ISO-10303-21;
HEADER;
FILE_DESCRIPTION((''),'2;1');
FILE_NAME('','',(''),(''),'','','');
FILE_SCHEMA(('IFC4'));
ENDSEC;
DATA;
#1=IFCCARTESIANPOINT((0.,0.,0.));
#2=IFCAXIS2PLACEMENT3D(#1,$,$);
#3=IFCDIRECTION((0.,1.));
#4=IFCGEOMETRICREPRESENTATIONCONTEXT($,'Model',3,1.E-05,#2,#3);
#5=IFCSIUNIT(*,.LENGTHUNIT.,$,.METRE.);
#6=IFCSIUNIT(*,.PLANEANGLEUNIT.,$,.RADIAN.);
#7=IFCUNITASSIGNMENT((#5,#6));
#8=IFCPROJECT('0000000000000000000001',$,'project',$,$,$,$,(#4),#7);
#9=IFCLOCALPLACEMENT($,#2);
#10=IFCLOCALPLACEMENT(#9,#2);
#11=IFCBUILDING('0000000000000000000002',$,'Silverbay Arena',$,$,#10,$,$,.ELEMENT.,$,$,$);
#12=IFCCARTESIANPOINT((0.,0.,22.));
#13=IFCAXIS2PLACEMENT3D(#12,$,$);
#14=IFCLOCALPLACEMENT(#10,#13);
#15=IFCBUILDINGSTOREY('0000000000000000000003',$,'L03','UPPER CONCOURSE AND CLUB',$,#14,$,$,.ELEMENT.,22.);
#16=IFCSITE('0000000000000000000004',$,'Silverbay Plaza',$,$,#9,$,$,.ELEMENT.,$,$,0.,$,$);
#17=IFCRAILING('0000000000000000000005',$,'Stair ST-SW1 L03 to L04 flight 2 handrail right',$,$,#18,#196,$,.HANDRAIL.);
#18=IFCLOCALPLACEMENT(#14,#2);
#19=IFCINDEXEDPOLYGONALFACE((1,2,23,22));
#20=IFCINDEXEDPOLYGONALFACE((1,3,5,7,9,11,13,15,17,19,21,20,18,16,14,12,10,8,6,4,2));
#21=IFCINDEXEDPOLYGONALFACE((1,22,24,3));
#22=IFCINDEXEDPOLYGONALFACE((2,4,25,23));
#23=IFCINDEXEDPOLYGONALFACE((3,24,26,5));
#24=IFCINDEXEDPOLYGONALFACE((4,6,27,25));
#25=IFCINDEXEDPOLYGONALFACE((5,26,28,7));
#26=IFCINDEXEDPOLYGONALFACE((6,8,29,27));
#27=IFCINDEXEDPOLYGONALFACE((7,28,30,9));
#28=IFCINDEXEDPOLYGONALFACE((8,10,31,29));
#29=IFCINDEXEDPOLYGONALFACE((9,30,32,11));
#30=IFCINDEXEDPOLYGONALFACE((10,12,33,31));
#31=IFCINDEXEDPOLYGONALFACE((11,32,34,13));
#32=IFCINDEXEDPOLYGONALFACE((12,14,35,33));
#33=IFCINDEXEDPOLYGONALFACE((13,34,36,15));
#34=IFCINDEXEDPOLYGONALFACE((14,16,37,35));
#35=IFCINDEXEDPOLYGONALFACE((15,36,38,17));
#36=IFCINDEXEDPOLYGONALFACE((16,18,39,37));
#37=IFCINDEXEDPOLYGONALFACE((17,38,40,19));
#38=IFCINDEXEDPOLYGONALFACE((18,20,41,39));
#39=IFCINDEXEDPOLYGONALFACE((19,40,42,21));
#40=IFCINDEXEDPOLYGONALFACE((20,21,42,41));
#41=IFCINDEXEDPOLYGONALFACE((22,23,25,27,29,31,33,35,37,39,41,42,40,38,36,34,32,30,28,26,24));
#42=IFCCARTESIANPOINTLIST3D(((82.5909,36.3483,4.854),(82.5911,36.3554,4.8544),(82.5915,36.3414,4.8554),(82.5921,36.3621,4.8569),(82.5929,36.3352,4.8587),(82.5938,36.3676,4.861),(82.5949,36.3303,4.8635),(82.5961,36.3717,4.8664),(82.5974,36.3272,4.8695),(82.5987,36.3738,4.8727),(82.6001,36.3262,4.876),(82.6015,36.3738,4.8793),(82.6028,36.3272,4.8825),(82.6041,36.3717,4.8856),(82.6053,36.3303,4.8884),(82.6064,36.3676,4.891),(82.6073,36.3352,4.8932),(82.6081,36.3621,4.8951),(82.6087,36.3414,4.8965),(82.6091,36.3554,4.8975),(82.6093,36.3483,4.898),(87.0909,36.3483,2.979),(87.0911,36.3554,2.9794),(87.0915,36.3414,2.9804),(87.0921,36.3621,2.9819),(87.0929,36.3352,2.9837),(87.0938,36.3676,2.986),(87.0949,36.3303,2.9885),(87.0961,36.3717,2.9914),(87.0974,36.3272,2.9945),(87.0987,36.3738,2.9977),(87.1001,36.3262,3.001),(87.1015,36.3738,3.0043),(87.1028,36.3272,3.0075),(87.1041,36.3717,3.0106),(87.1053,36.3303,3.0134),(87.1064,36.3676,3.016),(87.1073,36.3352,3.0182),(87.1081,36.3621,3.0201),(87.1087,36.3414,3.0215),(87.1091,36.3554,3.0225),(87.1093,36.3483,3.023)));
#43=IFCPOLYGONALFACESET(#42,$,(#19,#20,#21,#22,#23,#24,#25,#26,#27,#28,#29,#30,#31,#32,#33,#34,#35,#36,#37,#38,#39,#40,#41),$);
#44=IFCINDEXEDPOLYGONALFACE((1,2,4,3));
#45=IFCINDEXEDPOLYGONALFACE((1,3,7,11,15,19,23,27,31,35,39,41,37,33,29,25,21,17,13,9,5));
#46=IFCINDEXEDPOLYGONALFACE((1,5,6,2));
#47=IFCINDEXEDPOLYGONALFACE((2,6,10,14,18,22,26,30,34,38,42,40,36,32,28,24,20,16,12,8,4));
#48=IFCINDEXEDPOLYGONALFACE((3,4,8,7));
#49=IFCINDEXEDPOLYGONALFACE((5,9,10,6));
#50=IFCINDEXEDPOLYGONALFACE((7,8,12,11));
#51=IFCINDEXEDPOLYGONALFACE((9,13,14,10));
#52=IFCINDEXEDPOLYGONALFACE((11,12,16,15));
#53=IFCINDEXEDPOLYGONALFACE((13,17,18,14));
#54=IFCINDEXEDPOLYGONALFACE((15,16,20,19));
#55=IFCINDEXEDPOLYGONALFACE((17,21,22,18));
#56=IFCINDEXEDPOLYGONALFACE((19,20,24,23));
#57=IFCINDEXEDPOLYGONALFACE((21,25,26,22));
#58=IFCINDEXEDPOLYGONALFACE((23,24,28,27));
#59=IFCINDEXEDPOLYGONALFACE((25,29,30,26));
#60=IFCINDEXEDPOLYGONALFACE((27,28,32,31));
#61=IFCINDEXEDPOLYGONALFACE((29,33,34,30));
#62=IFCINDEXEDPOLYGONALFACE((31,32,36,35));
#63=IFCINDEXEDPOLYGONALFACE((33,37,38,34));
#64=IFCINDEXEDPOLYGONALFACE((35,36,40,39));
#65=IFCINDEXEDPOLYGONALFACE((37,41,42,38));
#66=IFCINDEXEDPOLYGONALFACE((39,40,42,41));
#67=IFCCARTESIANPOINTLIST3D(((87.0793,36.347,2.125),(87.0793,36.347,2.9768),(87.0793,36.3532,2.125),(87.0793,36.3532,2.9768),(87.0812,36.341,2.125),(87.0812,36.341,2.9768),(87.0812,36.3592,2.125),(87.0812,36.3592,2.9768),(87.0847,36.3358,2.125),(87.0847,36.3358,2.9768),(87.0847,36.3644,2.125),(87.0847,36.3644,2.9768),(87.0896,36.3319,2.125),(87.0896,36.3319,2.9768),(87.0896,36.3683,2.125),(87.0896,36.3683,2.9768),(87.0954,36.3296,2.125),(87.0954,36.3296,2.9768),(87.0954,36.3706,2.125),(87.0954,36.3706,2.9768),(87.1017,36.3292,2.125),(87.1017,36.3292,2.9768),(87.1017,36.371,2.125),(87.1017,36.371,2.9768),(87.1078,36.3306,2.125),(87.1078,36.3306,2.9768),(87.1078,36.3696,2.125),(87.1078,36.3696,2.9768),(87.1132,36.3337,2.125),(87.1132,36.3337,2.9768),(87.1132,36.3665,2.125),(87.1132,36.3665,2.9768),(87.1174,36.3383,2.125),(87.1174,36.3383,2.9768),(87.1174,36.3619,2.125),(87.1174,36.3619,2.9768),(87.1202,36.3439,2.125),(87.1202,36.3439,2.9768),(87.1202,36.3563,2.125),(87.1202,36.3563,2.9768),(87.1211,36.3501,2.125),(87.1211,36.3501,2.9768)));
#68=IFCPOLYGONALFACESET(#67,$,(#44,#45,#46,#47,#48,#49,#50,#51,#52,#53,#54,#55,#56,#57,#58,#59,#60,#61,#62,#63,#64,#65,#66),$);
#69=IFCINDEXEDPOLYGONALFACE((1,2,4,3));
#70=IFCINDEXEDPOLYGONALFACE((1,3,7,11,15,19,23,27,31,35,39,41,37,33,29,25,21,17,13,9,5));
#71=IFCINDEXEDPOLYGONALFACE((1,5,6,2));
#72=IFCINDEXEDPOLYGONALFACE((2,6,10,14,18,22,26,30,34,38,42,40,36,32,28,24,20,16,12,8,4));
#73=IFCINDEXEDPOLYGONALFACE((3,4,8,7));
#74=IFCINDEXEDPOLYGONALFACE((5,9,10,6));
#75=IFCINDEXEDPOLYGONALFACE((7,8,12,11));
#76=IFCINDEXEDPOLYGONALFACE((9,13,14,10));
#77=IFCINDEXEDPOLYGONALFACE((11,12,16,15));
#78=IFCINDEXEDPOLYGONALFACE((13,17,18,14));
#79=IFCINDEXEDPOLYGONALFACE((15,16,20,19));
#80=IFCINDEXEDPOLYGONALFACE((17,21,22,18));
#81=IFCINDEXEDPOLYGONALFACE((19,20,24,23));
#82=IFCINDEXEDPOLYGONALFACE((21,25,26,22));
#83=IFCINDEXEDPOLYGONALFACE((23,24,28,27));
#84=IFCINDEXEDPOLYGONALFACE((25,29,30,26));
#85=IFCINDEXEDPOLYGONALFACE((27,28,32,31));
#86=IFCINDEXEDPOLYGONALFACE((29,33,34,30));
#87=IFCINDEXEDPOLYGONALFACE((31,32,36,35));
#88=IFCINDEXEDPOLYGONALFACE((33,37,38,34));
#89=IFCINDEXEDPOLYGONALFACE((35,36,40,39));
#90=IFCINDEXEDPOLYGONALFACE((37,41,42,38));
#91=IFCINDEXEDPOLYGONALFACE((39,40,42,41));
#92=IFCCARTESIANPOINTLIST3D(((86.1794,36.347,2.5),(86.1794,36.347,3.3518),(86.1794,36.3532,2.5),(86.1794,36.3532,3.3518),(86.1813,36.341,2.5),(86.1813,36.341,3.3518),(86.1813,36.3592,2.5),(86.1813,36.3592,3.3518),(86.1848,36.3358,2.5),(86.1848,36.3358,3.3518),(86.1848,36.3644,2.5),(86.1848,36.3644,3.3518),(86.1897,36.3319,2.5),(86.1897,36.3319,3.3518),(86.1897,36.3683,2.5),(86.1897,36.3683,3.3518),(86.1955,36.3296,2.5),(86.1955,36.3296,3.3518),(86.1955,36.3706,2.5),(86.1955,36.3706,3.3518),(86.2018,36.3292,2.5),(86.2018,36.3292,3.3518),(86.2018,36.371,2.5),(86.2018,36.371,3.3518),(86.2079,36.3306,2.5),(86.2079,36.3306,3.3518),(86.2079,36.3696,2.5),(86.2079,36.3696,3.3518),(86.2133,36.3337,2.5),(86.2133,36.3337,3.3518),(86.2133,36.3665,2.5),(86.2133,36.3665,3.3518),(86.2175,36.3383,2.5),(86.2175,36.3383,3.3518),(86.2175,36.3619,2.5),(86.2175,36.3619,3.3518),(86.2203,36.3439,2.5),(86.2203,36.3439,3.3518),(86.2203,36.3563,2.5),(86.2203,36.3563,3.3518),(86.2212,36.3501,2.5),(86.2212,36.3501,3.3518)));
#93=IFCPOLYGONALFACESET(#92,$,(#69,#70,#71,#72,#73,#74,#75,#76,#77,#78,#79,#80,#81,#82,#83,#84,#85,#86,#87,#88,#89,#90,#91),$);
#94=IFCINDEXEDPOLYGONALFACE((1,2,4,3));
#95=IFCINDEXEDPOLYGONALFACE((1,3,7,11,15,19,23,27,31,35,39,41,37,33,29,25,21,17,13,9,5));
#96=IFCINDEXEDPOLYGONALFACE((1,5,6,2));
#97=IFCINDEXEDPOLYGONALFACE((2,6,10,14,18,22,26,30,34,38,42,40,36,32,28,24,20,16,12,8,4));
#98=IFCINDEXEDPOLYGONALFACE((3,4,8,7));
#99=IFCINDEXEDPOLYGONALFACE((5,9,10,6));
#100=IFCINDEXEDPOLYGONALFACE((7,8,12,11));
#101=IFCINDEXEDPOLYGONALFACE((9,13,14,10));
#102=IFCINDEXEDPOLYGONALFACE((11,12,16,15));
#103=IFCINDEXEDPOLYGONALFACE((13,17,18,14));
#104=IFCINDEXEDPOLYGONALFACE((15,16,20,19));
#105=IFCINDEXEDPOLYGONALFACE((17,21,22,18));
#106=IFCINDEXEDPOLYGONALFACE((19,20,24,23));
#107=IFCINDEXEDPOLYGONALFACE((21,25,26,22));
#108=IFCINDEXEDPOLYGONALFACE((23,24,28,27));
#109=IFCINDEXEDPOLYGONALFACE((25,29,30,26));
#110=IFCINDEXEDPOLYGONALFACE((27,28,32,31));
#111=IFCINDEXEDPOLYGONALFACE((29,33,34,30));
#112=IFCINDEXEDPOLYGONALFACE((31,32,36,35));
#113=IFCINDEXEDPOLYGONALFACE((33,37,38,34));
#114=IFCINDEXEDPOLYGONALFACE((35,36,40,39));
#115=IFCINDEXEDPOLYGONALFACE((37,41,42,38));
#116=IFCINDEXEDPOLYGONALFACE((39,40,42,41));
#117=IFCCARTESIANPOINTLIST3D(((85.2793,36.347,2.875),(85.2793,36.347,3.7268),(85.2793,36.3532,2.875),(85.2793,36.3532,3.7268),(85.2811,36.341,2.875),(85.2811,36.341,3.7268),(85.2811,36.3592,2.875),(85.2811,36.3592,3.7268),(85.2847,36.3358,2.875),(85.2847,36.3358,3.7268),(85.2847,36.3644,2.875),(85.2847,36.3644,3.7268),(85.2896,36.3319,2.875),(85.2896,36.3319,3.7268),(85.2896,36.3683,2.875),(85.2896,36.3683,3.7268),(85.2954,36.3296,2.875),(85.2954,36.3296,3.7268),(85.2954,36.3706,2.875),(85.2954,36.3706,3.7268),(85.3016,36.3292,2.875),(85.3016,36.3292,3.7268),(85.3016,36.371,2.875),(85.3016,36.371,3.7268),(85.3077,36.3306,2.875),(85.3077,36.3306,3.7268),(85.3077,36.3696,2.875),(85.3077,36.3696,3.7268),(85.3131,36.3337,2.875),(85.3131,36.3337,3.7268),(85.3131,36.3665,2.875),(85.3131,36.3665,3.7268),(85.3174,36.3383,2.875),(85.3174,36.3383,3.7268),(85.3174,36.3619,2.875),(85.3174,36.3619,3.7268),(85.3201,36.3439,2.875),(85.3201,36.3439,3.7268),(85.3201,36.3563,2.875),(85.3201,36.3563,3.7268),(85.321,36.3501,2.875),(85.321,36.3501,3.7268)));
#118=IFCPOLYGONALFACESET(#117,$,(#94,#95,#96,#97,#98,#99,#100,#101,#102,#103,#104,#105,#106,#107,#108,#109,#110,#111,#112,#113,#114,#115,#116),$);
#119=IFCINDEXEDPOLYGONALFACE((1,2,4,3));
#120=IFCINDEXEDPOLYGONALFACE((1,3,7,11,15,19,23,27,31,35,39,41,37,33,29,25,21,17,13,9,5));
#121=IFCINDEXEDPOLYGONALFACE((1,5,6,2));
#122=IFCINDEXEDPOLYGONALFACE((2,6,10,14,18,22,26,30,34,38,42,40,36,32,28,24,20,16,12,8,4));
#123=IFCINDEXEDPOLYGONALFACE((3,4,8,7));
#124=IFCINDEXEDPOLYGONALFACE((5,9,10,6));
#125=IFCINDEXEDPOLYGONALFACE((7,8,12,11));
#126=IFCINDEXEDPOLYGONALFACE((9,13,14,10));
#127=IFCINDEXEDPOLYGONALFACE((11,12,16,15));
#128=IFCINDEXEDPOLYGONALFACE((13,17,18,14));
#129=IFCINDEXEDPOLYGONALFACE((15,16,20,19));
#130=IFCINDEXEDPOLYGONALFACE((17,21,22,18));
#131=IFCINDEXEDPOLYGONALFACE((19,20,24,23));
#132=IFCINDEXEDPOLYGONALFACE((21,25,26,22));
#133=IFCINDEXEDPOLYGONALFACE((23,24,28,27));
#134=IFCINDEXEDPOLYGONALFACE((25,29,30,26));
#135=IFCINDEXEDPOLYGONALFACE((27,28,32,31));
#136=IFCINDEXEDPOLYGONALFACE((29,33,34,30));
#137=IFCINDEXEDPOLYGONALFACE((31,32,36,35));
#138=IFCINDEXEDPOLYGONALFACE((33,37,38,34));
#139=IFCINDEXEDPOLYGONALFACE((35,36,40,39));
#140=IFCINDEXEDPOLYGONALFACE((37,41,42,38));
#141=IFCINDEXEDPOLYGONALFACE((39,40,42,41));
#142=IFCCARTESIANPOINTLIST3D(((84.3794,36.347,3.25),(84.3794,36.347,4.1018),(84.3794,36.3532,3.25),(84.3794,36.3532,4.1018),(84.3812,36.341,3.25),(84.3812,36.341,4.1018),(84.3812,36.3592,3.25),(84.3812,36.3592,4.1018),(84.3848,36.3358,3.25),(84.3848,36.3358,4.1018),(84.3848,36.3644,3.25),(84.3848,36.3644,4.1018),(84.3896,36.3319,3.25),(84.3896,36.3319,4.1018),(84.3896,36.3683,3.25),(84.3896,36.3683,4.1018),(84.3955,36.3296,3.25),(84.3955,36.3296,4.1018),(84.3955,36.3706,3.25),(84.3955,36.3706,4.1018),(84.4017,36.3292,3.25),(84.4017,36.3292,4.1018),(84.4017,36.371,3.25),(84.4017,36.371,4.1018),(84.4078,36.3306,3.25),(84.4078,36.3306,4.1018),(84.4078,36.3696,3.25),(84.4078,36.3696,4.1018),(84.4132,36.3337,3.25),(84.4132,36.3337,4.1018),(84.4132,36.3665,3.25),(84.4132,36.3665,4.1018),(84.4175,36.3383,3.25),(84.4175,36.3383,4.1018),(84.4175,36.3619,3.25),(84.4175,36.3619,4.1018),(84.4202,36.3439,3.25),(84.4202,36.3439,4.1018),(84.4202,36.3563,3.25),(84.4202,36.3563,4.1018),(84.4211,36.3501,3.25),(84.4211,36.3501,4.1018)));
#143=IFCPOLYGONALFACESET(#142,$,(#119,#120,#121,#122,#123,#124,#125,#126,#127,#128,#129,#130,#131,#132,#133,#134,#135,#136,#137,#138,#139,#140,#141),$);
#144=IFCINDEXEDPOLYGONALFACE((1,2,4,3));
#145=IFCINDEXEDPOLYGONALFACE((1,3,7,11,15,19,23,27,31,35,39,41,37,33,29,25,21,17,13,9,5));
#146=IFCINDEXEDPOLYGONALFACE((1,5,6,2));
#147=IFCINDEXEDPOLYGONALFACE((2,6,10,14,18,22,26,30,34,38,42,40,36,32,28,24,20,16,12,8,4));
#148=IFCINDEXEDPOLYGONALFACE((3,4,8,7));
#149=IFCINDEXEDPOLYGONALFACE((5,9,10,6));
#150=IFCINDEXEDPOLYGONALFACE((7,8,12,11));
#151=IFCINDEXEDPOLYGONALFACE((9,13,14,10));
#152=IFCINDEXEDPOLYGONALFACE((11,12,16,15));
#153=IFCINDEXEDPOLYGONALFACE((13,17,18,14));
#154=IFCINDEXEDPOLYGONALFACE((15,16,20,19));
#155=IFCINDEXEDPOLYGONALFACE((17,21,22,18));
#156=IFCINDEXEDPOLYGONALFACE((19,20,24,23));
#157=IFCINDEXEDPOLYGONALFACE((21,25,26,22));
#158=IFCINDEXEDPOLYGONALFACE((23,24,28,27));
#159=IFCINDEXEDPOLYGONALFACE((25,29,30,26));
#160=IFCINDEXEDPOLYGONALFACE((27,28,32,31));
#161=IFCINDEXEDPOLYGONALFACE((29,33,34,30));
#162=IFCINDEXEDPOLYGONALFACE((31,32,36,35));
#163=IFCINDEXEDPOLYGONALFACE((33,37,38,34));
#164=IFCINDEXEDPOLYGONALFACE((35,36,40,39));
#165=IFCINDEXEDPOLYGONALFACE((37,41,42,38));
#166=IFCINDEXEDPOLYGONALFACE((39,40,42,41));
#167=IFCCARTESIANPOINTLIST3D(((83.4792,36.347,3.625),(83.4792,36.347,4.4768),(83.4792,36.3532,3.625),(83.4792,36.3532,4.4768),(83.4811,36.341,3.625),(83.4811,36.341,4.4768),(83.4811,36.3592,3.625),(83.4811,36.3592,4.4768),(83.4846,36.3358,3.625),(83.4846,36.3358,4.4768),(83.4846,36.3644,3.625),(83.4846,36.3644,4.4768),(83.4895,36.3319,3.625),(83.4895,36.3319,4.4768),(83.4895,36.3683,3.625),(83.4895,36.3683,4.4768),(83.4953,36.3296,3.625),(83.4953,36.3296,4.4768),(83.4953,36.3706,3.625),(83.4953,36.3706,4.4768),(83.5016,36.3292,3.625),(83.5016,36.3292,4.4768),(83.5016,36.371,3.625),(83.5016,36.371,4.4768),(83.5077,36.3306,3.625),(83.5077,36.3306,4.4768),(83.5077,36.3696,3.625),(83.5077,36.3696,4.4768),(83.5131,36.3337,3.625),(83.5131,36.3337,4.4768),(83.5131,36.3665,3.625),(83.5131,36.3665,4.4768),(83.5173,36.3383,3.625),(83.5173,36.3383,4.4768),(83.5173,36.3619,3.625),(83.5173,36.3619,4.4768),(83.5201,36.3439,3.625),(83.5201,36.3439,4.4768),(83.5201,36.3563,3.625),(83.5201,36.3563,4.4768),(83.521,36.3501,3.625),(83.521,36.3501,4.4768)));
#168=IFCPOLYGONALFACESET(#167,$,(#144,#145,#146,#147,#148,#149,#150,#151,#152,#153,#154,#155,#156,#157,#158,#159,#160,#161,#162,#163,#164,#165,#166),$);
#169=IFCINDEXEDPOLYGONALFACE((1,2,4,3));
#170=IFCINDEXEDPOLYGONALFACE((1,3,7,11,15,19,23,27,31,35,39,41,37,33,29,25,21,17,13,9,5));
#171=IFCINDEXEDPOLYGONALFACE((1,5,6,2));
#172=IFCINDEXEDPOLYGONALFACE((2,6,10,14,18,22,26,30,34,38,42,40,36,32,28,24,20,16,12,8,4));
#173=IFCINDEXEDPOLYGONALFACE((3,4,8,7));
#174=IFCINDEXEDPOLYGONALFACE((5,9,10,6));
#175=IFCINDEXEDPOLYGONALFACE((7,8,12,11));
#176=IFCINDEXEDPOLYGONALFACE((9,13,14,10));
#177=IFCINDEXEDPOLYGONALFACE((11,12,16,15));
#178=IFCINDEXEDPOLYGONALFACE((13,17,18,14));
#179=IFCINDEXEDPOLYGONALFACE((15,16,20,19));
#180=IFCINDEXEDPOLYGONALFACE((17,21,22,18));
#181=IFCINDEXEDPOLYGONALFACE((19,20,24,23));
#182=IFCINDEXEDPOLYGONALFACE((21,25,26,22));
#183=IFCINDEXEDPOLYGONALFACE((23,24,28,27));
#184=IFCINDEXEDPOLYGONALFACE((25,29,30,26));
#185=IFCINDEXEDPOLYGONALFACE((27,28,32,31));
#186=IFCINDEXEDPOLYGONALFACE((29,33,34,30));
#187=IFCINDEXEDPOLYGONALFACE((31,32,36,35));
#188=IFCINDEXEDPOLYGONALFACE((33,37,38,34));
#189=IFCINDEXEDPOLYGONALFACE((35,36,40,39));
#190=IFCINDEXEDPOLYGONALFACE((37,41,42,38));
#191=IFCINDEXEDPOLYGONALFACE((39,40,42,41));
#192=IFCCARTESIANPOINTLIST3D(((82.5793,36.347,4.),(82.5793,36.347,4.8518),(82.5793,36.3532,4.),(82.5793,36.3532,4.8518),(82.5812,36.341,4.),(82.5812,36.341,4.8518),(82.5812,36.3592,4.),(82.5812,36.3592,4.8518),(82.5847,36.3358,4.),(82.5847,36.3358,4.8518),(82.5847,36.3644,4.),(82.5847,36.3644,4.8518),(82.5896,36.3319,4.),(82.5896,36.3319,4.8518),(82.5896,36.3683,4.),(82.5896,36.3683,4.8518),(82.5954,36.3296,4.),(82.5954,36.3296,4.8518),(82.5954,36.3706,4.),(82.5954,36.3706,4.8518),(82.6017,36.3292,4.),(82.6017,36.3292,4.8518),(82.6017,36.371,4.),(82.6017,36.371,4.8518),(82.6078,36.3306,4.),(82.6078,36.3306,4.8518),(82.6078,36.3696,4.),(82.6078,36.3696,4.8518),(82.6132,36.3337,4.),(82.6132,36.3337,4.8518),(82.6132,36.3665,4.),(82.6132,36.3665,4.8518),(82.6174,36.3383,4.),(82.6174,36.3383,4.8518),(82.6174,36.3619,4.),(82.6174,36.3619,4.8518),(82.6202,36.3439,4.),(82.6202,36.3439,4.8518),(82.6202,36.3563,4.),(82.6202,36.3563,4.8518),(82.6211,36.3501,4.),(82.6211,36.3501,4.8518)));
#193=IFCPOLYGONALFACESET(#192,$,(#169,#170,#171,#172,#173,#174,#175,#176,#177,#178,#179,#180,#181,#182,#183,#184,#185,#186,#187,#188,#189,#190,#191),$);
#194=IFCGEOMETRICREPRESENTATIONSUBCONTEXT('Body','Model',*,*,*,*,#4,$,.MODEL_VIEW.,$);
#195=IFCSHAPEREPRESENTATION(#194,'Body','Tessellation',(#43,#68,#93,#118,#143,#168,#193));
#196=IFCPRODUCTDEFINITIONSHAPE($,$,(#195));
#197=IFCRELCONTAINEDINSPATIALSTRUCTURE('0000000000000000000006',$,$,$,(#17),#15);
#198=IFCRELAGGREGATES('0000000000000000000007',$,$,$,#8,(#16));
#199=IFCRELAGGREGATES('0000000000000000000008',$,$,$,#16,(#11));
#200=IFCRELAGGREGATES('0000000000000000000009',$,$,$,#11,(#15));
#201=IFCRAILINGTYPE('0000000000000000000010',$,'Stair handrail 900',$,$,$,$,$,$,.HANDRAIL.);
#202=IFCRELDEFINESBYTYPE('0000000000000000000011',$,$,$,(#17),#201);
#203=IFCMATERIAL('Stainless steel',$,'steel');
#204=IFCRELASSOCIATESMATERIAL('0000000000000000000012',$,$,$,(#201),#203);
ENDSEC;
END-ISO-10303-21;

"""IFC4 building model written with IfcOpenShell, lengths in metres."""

from ifc_helpers import new_model, si_unit, direction, frame, origin, origin_2d, place, context, subcontext, project, spatial, circle, extrude, material, type_object, element, save


model = new_model("IFC4")

# Units and contexts
model_context = context("Model", 3, precision=1e-05, world=origin(), true_north=direction((0.0, 1.0)))
body_context = subcontext(model_context, "Body", "Model", "MODEL_VIEW")
ifc_project = project(units=[si_unit("LENGTHUNIT", "METRE"), si_unit("PLANEANGLEUNIT", "RADIAN")], contexts=[model_context])

# Site, building, storey
site_placement = place(None, origin())
site = spatial("IfcSite", under=ifc_project, at=site_placement, Name="Silverbay Plaza", CompositionType="ELEMENT", RefElevation=0.0)
building_placement = place(site_placement, origin())
building = spatial("IfcBuilding", under=site, at=building_placement, Name="Silverbay Arena", CompositionType="ELEMENT")
storey_placement = place(building_placement, frame((0.0, 0.0, 22.0)))
storey = spatial("IfcBuildingStorey", under=building, at=storey_placement, Name="L03", Description="UPPER CONCOURSE AND CLUB", CompositionType="ELEMENT", Elevation=22.0)

# Railing
ifc_material_1 = material(Name="Stainless steel", Category="steel")
railing_type_1 = type_object("IfcRailingType", Name="Stair handrail 900", PredefinedType="HANDRAIL", material=ifc_material_1)
for number, where, name in (
    (1, (87.1001, 36.3501, 2.125), "Stair ST-SW1 L03 to L04 flight 2 handrail right"),
):
    element("IfcRailing", number, at=place(storey_placement, frame(where)), inside=storey, type_object=railing_type_1, Name=name, PredefinedType="HANDRAIL", context=body_context, shape_type="SweptSolid", body=[
        extrude(circle(Radius=0.0239, at=origin_2d()), frame((0.0, 0.0, 0.876), z_axis=(-0.923077, 0.0, 0.384615), x_axis=(0.0, -1.0, 0.0)), (0.0, 0.0, 1.0), 4.875),
        extrude(circle(Radius=0.021, at=origin_2d()), origin(), (0.0, 0.0, 1.0), 0.8518),
        extrude(circle(Radius=0.021, at=origin_2d()), frame((-0.8999, 0.0, 0.375)), (0.0, 0.0, 1.0), 0.8518),
        extrude(circle(Radius=0.021, at=origin_2d()), frame((-1.8, 0.0, 0.75)), (0.0, 0.0, 1.0), 0.8518),
        extrude(circle(Radius=0.021, at=origin_2d()), frame((-2.7, 0.0, 1.125)), (0.0, 0.0, 1.0), 0.8518),
        extrude(circle(Radius=0.021, at=origin_2d()), frame((-3.6001, 0.0, 1.5)), (0.0, 0.0, 1.0), 0.8518),
        extrude(circle(Radius=0.021, at=origin_2d()), frame((-4.5, 0.0, 1.875)), (0.0, 0.0, 1.0), 0.8518),
    ])

save(model, "model.ifc")
